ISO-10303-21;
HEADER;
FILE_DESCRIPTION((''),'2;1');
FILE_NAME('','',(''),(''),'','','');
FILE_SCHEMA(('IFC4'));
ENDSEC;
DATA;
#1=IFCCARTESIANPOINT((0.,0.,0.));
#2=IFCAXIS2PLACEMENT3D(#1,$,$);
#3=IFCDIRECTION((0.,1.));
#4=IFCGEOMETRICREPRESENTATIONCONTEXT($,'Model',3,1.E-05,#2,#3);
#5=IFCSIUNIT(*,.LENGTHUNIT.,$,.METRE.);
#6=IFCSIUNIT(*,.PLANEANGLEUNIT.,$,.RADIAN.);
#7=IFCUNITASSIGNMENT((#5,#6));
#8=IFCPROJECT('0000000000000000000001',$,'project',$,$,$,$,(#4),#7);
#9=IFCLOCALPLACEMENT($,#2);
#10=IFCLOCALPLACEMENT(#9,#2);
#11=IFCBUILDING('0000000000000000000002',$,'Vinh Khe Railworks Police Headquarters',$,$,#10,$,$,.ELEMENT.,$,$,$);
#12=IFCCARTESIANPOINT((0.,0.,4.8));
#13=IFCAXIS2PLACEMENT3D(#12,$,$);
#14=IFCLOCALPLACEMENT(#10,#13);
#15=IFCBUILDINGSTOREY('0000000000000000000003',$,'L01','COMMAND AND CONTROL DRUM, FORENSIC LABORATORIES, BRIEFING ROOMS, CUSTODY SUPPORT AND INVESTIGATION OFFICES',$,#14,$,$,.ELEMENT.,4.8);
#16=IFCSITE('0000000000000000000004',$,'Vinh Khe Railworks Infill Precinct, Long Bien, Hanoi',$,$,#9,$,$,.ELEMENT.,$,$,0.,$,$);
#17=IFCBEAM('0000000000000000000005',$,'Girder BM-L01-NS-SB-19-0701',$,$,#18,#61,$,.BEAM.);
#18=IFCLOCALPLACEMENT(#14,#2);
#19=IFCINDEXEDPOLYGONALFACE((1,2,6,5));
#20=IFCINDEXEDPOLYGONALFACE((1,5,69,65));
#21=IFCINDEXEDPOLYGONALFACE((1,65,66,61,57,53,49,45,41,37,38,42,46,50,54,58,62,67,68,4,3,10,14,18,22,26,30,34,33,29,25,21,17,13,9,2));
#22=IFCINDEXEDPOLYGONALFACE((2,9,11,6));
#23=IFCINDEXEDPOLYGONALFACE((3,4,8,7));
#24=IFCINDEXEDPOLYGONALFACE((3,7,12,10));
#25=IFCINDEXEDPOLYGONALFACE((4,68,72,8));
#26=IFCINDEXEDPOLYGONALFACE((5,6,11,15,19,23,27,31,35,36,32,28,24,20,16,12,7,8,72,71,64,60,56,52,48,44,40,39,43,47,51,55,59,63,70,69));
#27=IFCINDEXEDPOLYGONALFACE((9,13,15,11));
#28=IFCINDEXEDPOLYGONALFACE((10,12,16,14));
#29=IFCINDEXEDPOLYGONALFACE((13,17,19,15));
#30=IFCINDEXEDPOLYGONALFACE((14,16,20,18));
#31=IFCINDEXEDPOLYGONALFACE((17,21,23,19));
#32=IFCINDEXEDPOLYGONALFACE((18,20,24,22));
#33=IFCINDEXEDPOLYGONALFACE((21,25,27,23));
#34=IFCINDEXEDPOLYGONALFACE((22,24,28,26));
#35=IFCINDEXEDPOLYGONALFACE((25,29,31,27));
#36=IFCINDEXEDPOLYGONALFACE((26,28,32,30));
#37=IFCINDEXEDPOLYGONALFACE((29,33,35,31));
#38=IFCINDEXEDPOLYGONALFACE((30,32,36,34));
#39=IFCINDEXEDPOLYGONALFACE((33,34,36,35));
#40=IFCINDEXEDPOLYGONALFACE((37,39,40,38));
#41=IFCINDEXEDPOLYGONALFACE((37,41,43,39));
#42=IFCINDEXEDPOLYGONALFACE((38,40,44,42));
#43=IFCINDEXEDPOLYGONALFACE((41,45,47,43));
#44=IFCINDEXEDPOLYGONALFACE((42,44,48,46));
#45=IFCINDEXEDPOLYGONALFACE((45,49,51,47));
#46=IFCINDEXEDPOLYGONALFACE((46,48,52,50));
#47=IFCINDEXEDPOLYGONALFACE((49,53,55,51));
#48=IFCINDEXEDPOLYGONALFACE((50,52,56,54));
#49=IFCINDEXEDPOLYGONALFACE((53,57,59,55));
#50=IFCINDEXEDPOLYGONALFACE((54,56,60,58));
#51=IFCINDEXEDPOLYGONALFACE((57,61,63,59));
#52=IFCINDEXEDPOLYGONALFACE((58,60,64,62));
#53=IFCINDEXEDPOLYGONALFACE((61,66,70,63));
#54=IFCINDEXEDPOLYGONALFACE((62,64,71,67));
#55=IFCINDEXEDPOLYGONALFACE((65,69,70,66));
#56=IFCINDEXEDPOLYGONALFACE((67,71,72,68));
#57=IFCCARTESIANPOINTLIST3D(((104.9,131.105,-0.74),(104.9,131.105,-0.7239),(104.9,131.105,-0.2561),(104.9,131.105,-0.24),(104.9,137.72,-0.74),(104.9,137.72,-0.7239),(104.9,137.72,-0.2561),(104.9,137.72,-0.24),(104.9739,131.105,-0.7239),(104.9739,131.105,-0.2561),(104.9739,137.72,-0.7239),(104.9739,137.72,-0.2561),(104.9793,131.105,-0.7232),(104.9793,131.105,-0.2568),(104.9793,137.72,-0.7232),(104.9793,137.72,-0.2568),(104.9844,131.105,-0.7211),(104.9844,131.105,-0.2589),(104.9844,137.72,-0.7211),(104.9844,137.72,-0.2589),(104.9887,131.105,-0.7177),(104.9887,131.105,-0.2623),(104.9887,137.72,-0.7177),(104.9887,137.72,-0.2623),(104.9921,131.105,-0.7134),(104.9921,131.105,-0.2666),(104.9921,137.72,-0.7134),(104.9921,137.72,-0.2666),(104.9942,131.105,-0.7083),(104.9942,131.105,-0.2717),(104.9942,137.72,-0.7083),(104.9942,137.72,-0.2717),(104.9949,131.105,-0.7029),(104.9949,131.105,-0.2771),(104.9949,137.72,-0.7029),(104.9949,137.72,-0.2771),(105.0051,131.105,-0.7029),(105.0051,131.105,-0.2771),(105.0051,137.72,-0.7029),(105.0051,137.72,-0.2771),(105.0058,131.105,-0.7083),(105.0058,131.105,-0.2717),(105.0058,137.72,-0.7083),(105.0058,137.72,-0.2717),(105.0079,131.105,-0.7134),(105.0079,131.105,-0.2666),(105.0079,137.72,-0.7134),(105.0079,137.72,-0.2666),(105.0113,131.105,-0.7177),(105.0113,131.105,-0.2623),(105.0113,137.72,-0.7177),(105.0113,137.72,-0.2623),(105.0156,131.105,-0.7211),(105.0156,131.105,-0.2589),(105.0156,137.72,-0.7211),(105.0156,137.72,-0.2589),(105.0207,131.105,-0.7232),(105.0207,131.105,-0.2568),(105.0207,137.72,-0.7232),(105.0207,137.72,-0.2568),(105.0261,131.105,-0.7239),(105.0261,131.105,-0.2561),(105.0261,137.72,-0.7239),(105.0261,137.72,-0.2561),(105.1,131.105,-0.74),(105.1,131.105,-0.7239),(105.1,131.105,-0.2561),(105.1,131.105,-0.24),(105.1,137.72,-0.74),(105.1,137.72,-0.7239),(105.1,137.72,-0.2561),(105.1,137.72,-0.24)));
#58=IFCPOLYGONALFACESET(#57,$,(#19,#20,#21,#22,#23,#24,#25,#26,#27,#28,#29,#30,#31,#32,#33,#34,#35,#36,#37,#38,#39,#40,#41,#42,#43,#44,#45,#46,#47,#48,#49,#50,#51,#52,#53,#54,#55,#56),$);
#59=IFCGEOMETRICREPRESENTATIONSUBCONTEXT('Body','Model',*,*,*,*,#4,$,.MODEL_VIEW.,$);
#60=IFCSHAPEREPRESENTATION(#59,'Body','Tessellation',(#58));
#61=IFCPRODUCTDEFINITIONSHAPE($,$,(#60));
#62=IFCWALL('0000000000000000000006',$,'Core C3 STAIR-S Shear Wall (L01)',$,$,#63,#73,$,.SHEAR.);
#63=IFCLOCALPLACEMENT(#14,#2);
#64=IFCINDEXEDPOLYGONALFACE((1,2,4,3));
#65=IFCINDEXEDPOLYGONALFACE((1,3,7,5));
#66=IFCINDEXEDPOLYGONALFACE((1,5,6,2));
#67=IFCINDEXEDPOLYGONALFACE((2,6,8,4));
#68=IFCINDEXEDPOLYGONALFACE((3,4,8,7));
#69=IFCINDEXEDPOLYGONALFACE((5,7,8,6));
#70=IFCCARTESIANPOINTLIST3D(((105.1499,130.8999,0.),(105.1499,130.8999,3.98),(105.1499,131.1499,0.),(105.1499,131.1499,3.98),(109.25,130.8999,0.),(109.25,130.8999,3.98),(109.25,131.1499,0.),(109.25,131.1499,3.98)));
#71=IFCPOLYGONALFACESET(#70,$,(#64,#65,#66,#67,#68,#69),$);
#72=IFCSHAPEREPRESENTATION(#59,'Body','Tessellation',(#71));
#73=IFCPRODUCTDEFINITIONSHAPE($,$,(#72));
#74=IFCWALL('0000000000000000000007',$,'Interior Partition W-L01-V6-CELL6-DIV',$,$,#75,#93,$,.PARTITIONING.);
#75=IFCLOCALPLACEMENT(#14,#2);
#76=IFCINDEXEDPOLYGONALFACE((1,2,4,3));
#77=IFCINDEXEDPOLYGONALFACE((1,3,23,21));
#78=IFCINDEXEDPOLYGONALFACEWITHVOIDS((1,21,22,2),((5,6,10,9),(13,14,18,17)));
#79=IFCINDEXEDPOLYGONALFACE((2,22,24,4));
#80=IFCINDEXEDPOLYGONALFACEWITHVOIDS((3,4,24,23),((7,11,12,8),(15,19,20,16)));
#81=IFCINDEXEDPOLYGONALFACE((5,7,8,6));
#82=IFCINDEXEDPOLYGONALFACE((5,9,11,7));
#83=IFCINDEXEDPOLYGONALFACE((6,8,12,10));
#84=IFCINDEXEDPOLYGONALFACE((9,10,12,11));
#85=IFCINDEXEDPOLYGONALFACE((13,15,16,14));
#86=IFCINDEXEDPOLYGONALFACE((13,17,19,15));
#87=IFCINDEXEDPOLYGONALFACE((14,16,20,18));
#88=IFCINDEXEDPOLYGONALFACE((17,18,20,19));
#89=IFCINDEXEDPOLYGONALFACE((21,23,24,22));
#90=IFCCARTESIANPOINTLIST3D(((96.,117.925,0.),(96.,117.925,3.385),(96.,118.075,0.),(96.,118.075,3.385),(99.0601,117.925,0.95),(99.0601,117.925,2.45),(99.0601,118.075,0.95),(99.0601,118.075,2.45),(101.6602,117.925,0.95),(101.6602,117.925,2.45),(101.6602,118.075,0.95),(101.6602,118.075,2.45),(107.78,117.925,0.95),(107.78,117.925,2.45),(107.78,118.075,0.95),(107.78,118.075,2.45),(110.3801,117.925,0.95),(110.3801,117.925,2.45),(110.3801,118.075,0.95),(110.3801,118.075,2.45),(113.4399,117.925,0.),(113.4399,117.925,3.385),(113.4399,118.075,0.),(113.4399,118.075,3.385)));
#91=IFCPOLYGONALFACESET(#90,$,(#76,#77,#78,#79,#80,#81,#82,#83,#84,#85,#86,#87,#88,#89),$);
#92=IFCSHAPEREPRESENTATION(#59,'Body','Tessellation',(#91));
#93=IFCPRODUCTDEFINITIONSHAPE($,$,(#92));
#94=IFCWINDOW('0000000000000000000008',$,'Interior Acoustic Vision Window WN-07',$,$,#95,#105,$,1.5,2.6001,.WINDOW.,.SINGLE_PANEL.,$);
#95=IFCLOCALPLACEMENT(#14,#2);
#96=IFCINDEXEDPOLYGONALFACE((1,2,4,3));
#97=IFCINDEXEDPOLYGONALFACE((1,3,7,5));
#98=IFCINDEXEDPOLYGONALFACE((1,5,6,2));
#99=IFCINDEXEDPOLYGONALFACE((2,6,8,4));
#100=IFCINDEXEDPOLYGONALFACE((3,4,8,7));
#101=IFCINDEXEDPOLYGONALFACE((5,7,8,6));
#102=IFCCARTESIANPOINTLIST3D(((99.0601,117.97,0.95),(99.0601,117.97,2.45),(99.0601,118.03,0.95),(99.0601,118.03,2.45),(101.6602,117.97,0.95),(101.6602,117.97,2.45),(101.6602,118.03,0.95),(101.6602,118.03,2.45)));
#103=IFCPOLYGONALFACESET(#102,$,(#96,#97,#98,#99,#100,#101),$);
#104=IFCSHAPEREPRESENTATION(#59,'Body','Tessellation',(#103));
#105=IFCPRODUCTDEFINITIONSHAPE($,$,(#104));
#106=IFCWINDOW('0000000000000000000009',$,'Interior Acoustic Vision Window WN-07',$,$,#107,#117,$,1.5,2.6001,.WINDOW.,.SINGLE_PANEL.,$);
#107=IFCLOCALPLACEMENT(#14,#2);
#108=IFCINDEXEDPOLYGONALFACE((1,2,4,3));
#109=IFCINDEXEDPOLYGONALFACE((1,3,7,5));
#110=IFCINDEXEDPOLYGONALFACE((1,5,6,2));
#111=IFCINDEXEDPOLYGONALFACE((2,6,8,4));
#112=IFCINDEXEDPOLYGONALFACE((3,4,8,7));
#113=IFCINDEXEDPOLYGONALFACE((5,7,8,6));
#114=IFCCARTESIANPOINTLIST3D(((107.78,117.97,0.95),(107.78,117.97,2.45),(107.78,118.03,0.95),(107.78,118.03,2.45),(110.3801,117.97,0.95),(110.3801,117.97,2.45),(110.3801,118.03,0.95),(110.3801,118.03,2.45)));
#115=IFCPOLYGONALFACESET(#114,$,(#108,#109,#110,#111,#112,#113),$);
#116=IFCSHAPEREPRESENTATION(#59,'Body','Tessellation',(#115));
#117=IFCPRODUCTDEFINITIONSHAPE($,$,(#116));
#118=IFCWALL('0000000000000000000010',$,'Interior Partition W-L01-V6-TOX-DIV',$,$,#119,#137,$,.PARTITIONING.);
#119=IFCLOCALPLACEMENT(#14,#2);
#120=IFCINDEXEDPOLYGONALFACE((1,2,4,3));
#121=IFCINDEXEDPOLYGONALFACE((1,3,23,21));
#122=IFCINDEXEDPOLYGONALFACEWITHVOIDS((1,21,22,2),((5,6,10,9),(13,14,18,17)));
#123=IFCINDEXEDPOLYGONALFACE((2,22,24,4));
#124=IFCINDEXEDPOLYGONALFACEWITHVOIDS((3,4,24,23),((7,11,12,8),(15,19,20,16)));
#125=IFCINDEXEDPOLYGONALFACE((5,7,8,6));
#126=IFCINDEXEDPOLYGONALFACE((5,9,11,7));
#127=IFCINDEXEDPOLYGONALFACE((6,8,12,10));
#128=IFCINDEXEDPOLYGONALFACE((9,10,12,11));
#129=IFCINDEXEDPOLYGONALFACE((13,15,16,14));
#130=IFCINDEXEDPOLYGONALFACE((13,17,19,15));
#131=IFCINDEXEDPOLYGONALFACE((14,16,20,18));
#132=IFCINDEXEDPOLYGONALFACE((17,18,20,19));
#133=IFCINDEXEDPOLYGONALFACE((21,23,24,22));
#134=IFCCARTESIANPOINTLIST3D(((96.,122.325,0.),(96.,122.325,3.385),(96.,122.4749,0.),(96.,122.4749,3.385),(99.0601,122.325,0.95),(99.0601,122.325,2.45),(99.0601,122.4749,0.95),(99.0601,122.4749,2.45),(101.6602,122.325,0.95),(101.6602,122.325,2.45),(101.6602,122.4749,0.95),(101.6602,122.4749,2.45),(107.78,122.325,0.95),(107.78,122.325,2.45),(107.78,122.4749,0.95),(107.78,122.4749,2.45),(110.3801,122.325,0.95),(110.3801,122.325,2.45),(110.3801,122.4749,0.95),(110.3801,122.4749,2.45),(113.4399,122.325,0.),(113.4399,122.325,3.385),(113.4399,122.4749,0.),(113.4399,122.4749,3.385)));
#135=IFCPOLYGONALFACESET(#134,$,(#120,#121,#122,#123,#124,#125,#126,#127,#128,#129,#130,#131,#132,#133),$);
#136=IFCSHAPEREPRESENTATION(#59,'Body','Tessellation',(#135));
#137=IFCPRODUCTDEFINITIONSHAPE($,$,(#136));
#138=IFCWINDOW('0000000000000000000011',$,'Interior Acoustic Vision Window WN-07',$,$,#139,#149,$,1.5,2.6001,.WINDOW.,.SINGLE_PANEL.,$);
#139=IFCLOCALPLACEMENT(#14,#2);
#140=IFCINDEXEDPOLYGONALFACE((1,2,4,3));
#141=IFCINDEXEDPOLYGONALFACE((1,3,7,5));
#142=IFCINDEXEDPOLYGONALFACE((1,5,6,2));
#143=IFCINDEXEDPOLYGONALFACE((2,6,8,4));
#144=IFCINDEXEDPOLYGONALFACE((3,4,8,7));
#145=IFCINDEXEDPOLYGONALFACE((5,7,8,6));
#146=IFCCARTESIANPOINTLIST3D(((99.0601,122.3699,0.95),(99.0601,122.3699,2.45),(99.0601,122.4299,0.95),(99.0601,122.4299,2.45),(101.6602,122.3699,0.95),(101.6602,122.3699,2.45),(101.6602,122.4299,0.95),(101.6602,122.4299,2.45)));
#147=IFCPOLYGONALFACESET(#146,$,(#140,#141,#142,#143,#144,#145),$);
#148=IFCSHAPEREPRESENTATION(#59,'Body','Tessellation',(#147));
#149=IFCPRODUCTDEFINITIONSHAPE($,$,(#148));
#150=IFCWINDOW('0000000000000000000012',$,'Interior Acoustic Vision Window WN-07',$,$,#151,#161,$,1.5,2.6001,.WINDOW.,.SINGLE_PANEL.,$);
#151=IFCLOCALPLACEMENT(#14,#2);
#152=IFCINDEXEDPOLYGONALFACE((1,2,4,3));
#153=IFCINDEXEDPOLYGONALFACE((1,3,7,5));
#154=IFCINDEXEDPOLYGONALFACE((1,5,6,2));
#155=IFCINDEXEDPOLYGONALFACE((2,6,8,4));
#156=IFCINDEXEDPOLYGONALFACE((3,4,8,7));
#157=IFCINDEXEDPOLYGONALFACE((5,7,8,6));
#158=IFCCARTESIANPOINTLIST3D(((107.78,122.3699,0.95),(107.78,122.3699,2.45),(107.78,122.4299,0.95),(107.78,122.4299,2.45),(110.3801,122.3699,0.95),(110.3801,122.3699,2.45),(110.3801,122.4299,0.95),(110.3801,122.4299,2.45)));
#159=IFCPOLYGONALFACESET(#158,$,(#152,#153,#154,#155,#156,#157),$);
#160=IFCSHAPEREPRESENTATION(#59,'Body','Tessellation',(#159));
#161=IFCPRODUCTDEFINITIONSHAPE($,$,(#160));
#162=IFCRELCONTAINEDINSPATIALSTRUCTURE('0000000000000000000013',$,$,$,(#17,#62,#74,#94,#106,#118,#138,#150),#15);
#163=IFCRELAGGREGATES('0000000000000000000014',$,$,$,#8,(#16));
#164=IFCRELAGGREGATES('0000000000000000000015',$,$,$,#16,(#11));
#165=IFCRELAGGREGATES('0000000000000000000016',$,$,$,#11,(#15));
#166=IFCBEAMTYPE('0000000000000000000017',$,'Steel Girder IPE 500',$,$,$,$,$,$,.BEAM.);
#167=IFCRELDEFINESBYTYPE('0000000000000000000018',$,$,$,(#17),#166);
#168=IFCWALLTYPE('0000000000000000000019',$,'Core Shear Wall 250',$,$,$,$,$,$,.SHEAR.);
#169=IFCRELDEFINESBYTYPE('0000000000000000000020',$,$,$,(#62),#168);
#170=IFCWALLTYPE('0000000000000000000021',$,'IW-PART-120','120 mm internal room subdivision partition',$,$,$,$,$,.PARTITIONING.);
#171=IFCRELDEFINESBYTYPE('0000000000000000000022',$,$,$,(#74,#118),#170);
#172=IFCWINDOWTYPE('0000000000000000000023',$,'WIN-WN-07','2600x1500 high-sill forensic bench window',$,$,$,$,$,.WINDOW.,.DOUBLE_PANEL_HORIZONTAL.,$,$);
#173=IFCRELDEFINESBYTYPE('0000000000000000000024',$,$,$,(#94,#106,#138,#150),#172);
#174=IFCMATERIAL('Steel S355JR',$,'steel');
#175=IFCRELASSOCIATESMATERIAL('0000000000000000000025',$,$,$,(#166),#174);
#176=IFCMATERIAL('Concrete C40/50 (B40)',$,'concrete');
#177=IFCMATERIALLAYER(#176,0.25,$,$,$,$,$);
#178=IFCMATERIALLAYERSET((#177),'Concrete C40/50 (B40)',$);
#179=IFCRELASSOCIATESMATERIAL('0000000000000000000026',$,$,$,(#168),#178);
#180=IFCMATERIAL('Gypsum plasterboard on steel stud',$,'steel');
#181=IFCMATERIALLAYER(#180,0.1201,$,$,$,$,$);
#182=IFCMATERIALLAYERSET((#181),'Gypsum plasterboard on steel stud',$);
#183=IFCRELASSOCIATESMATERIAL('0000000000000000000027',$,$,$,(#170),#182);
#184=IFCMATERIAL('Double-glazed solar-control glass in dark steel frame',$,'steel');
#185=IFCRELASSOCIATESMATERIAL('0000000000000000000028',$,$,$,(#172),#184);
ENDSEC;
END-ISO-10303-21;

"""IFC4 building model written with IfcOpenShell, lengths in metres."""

from ifc_helpers import new_model, si_unit, direction, frame, frame_2d, origin, origin_2d, place, context, subcontext, project, spatial, rectangle, i_section, extrude, material, layer, layer_set, material_profile, profile_set, type_object, element, fill, save


model = new_model("IFC4")

# Units and contexts
model_context = context("Model", 3, precision=1e-05, world=origin(), true_north=direction((0.0, 1.0)))
body_context = subcontext(model_context, "Body", "Model", "MODEL_VIEW")
ifc_project = project(units=[si_unit("LENGTHUNIT", "METRE"), si_unit("PLANEANGLEUNIT", "RADIAN")], contexts=[model_context])

# Site, building, storey
site_placement = place(None, origin())
site = spatial("IfcSite", under=ifc_project, at=site_placement, Name="Vinh Khe Railworks Infill Precinct, Long Bien, Hanoi", CompositionType="ELEMENT", RefElevation=0.0)
building_placement = place(site_placement, origin())
building = spatial("IfcBuilding", under=site, at=building_placement, Name="Vinh Khe Railworks Police Headquarters", CompositionType="ELEMENT")
storey_placement = place(building_placement, frame((0.0, 0.0, 4.8)))
storey = spatial("IfcBuildingStorey", under=building, at=storey_placement, Name="L01", Description="COMMAND AND CONTROL DRUM, FORENSIC LABORATORIES, BRIEFING ROOMS, CUSTODY SUPPORT AND INVESTIGATION OFFICES", CompositionType="ELEMENT", Elevation=4.8)

# Shared definitions
ifc_material_1 = material(Name="Concrete C40/50 (B40)", Category="concrete")

# Beam
ifc_material_2 = material(Name="Steel S355JR", Category="steel")
ifc_material_profile_1 = material_profile(ifc_material_2, i_section(OverallWidth=0.2, OverallDepth=0.5, WebThickness=0.0103, FlangeThickness=0.0161, FilletRadius=0.021, at=origin_2d()), Name="IPE 500")
ifc_profile_set_1 = profile_set([ifc_material_profile_1], Name="Steel S355JR")
beam_type_1 = type_object("IfcBeamType", Name="Steel Girder IPE 500", PredefinedType="BEAM", material=ifc_profile_set_1)
beam_1_placement = place(storey_placement, frame((105.0, 131.105, -0.49), z_axis=(0.0, 1.0, 0.0), x_axis=(-1.0, 0.0, 0.0)))
element("IfcBeam", 1, at=beam_1_placement, inside=storey, type_object=beam_type_1, Name="Girder BM-L01-NS-SB-19-0701", PredefinedType="BEAM", context=body_context, shape_type="SweptSolid", body=[
    extrude(i_section(OverallWidth=0.2, OverallDepth=0.5, WebThickness=0.0103, FlangeThickness=0.0161, FilletRadius=0.021, at=origin_2d()), origin(), (0.0, 0.0, 1.0), 6.615),
])

# Wall
ifc_layer_1 = layer(ifc_material_1, 0.25)
ifc_layer_set_1 = layer_set([ifc_layer_1], Name="Concrete C40/50 (B40)")
wall_type_1 = type_object("IfcWallType", Name="Core Shear Wall 250", PredefinedType="SHEAR", material=ifc_layer_set_1)
wall_1_placement = place(storey_placement, frame((105.1499, 131.0249, 0.0), z_axis=(0.0, 0.0, 1.0), x_axis=(1.0, 0.0, 0.0)))
element("IfcWall", 2, at=wall_1_placement, inside=storey, type_object=wall_type_1, Name="Core C3 STAIR-S Shear Wall (L01)", PredefinedType="SHEAR", context=body_context, shape_type="SweptSolid", body=[
    extrude(rectangle(XDim=4.1001, YDim=0.25, at=frame_2d((2.05, 0.0))), origin(), (0.0, 0.0, 1.0), 3.98),
])

# Walls, openings, windows
ifc_material_3 = material(Name="Gypsum plasterboard on steel stud", Category="steel")
ifc_layer_2 = layer(ifc_material_3, 0.1201)
ifc_layer_set_2 = layer_set([ifc_layer_2], Name="Gypsum plasterboard on steel stud")
wall_type_2 = type_object("IfcWallType", Name="IW-PART-120", Description="120 mm internal room subdivision partition", PredefinedType="PARTITIONING", material=ifc_layer_set_2)
wall_2_placement = place(storey_placement, frame((96.0, 118.0, 0.0), z_axis=(0.0, 0.0, 1.0), x_axis=(1.0, 0.0, 0.0)))
wall_2 = element("IfcWall", 3, at=wall_2_placement, inside=storey, type_object=wall_type_2, Name="Interior Partition W-L01-V6-CELL6-DIV", PredefinedType="PARTITIONING", context=body_context, shape_type="SweptSolid", body=[
    extrude(rectangle(XDim=17.4399, YDim=0.1499, at=frame_2d((8.72, 0.0))), origin(), (0.0, 0.0, 1.0), 3.385),
])
opening_1_placement = place(wall_2_placement, frame((3.0601, 0.0, 0.95)))
opening_1 = element("IfcOpeningElement", 4, at=opening_1_placement, cuts=wall_2, PredefinedType="OPENING", context=body_context, shape_type="SweptSolid", body=[
    extrude(rectangle(XDim=2.6001, YDim=1.5, at=frame_2d((1.3, 0.75))), frame((0.0, 0.0898, 0.0), z_axis=(0.0, -1.0, 0.0), x_axis=(1.0, 0.0, 0.0)), (0.0, 0.0, 1.0), 0.1797),
])
opening_2_placement = place(wall_2_placement, frame((11.78, 0.0, 0.95)))
opening_2 = element("IfcOpeningElement", 5, at=opening_2_placement, cuts=wall_2, PredefinedType="OPENING", context=body_context, shape_type="SweptSolid", body=[
    extrude(rectangle(XDim=2.6001, YDim=1.5, at=frame_2d((1.3, 0.75))), frame((0.0, 0.0898, 0.0), z_axis=(0.0, -1.0, 0.0), x_axis=(1.0, 0.0, 0.0)), (0.0, 0.0, 1.0), 0.1797),
])
ifc_material_4 = material(Name="Double-glazed solar-control glass in dark steel frame", Category="steel")
window_type = type_object("IfcWindowType", Name="WIN-WN-07", Description="2600x1500 high-sill forensic bench window", PartitioningType="DOUBLE_PANEL_HORIZONTAL", PredefinedType="WINDOW", material=ifc_material_4)
window_1_placement = place(opening_1_placement, origin())
window_1 = element("IfcWindow", 6, at=window_1_placement, inside=storey, type_object=window_type, Name="Interior Acoustic Vision Window WN-07", OverallHeight=1.5, OverallWidth=2.6001, PartitioningType="SINGLE_PANEL", PredefinedType="WINDOW", context=body_context, shape_type="SweptSolid", body=[
    extrude(rectangle(XDim=2.6001, YDim=1.5, at=frame_2d((1.3, 0.75))), frame((0.0, 0.03, 0.0), z_axis=(0.0, -1.0, 0.0), x_axis=(1.0, 0.0, 0.0)), (0.0, 0.0, 1.0), 0.0601),
])
fill(opening_1, window_1)
window_2_placement = place(opening_2_placement, origin())
window_2 = element("IfcWindow", 7, at=window_2_placement, inside=storey, type_object=window_type, Name="Interior Acoustic Vision Window WN-07", OverallHeight=1.5, OverallWidth=2.6001, PartitioningType="SINGLE_PANEL", PredefinedType="WINDOW", context=body_context, shape_type="SweptSolid", body=[
    extrude(rectangle(XDim=2.6001, YDim=1.5, at=frame_2d((1.3, 0.75))), frame((0.0, 0.03, 0.0), z_axis=(0.0, -1.0, 0.0), x_axis=(1.0, 0.0, 0.0)), (0.0, 0.0, 1.0), 0.0601),
])
fill(opening_2, window_2)
wall_3_placement = place(storey_placement, frame((96.0, 122.3999, 0.0), z_axis=(0.0, 0.0, 1.0), x_axis=(1.0, 0.0, 0.0)))
wall_3 = element("IfcWall", 8, at=wall_3_placement, inside=storey, type_object=wall_type_2, Name="Interior Partition W-L01-V6-TOX-DIV", PredefinedType="PARTITIONING", context=body_context, shape_type="SweptSolid", body=[
    extrude(rectangle(XDim=17.4399, YDim=0.1499, at=frame_2d((8.72, 0.0))), origin(), (0.0, 0.0, 1.0), 3.385),
])
opening_3_placement = place(wall_3_placement, frame((3.0601, 0.0, 0.95)))
opening_3 = element("IfcOpeningElement", 9, at=opening_3_placement, cuts=wall_3, PredefinedType="OPENING", context=body_context, shape_type="SweptSolid", body=[
    extrude(rectangle(XDim=2.6001, YDim=1.5, at=frame_2d((1.3, 0.75))), frame((0.0, 0.0898, 0.0), z_axis=(0.0, -1.0, 0.0), x_axis=(1.0, 0.0, 0.0)), (0.0, 0.0, 1.0), 0.1797),
])
opening_4_placement = place(wall_3_placement, frame((11.78, 0.0, 0.95)))
opening_4 = element("IfcOpeningElement", 10, at=opening_4_placement, cuts=wall_3, PredefinedType="OPENING", context=body_context, shape_type="SweptSolid", body=[
    extrude(rectangle(XDim=2.6001, YDim=1.5, at=frame_2d((1.3, 0.75))), frame((0.0, 0.0898, 0.0), z_axis=(0.0, -1.0, 0.0), x_axis=(1.0, 0.0, 0.0)), (0.0, 0.0, 1.0), 0.1797),
])
window_3_placement = place(opening_3_placement, origin())
window_3 = element("IfcWindow", 11, at=window_3_placement, inside=storey, type_object=window_type, Name="Interior Acoustic Vision Window WN-07", OverallHeight=1.5, OverallWidth=2.6001, PartitioningType="SINGLE_PANEL", PredefinedType="WINDOW", context=body_context, shape_type="SweptSolid", body=[
    extrude(rectangle(XDim=2.6001, YDim=1.5, at=frame_2d((1.3, 0.75))), frame((0.0, 0.03, 0.0), z_axis=(0.0, -1.0, 0.0), x_axis=(1.0, 0.0, 0.0)), (0.0, 0.0, 1.0), 0.0601),
])
fill(opening_3, window_3)
window_4_placement = place(opening_4_placement, origin())
window_4 = element("IfcWindow", 12, at=window_4_placement, inside=storey, type_object=window_type, Name="Interior Acoustic Vision Window WN-07", OverallHeight=1.5, OverallWidth=2.6001, PartitioningType="SINGLE_PANEL", PredefinedType="WINDOW", context=body_context, shape_type="SweptSolid", body=[
    extrude(rectangle(XDim=2.6001, YDim=1.5, at=frame_2d((1.3, 0.75))), frame((0.0, 0.03, 0.0), z_axis=(0.0, -1.0, 0.0), x_axis=(1.0, 0.0, 0.0)), (0.0, 0.0, 1.0), 0.0601),
])
fill(opening_4, window_4)

save(model, "model.ifc")
